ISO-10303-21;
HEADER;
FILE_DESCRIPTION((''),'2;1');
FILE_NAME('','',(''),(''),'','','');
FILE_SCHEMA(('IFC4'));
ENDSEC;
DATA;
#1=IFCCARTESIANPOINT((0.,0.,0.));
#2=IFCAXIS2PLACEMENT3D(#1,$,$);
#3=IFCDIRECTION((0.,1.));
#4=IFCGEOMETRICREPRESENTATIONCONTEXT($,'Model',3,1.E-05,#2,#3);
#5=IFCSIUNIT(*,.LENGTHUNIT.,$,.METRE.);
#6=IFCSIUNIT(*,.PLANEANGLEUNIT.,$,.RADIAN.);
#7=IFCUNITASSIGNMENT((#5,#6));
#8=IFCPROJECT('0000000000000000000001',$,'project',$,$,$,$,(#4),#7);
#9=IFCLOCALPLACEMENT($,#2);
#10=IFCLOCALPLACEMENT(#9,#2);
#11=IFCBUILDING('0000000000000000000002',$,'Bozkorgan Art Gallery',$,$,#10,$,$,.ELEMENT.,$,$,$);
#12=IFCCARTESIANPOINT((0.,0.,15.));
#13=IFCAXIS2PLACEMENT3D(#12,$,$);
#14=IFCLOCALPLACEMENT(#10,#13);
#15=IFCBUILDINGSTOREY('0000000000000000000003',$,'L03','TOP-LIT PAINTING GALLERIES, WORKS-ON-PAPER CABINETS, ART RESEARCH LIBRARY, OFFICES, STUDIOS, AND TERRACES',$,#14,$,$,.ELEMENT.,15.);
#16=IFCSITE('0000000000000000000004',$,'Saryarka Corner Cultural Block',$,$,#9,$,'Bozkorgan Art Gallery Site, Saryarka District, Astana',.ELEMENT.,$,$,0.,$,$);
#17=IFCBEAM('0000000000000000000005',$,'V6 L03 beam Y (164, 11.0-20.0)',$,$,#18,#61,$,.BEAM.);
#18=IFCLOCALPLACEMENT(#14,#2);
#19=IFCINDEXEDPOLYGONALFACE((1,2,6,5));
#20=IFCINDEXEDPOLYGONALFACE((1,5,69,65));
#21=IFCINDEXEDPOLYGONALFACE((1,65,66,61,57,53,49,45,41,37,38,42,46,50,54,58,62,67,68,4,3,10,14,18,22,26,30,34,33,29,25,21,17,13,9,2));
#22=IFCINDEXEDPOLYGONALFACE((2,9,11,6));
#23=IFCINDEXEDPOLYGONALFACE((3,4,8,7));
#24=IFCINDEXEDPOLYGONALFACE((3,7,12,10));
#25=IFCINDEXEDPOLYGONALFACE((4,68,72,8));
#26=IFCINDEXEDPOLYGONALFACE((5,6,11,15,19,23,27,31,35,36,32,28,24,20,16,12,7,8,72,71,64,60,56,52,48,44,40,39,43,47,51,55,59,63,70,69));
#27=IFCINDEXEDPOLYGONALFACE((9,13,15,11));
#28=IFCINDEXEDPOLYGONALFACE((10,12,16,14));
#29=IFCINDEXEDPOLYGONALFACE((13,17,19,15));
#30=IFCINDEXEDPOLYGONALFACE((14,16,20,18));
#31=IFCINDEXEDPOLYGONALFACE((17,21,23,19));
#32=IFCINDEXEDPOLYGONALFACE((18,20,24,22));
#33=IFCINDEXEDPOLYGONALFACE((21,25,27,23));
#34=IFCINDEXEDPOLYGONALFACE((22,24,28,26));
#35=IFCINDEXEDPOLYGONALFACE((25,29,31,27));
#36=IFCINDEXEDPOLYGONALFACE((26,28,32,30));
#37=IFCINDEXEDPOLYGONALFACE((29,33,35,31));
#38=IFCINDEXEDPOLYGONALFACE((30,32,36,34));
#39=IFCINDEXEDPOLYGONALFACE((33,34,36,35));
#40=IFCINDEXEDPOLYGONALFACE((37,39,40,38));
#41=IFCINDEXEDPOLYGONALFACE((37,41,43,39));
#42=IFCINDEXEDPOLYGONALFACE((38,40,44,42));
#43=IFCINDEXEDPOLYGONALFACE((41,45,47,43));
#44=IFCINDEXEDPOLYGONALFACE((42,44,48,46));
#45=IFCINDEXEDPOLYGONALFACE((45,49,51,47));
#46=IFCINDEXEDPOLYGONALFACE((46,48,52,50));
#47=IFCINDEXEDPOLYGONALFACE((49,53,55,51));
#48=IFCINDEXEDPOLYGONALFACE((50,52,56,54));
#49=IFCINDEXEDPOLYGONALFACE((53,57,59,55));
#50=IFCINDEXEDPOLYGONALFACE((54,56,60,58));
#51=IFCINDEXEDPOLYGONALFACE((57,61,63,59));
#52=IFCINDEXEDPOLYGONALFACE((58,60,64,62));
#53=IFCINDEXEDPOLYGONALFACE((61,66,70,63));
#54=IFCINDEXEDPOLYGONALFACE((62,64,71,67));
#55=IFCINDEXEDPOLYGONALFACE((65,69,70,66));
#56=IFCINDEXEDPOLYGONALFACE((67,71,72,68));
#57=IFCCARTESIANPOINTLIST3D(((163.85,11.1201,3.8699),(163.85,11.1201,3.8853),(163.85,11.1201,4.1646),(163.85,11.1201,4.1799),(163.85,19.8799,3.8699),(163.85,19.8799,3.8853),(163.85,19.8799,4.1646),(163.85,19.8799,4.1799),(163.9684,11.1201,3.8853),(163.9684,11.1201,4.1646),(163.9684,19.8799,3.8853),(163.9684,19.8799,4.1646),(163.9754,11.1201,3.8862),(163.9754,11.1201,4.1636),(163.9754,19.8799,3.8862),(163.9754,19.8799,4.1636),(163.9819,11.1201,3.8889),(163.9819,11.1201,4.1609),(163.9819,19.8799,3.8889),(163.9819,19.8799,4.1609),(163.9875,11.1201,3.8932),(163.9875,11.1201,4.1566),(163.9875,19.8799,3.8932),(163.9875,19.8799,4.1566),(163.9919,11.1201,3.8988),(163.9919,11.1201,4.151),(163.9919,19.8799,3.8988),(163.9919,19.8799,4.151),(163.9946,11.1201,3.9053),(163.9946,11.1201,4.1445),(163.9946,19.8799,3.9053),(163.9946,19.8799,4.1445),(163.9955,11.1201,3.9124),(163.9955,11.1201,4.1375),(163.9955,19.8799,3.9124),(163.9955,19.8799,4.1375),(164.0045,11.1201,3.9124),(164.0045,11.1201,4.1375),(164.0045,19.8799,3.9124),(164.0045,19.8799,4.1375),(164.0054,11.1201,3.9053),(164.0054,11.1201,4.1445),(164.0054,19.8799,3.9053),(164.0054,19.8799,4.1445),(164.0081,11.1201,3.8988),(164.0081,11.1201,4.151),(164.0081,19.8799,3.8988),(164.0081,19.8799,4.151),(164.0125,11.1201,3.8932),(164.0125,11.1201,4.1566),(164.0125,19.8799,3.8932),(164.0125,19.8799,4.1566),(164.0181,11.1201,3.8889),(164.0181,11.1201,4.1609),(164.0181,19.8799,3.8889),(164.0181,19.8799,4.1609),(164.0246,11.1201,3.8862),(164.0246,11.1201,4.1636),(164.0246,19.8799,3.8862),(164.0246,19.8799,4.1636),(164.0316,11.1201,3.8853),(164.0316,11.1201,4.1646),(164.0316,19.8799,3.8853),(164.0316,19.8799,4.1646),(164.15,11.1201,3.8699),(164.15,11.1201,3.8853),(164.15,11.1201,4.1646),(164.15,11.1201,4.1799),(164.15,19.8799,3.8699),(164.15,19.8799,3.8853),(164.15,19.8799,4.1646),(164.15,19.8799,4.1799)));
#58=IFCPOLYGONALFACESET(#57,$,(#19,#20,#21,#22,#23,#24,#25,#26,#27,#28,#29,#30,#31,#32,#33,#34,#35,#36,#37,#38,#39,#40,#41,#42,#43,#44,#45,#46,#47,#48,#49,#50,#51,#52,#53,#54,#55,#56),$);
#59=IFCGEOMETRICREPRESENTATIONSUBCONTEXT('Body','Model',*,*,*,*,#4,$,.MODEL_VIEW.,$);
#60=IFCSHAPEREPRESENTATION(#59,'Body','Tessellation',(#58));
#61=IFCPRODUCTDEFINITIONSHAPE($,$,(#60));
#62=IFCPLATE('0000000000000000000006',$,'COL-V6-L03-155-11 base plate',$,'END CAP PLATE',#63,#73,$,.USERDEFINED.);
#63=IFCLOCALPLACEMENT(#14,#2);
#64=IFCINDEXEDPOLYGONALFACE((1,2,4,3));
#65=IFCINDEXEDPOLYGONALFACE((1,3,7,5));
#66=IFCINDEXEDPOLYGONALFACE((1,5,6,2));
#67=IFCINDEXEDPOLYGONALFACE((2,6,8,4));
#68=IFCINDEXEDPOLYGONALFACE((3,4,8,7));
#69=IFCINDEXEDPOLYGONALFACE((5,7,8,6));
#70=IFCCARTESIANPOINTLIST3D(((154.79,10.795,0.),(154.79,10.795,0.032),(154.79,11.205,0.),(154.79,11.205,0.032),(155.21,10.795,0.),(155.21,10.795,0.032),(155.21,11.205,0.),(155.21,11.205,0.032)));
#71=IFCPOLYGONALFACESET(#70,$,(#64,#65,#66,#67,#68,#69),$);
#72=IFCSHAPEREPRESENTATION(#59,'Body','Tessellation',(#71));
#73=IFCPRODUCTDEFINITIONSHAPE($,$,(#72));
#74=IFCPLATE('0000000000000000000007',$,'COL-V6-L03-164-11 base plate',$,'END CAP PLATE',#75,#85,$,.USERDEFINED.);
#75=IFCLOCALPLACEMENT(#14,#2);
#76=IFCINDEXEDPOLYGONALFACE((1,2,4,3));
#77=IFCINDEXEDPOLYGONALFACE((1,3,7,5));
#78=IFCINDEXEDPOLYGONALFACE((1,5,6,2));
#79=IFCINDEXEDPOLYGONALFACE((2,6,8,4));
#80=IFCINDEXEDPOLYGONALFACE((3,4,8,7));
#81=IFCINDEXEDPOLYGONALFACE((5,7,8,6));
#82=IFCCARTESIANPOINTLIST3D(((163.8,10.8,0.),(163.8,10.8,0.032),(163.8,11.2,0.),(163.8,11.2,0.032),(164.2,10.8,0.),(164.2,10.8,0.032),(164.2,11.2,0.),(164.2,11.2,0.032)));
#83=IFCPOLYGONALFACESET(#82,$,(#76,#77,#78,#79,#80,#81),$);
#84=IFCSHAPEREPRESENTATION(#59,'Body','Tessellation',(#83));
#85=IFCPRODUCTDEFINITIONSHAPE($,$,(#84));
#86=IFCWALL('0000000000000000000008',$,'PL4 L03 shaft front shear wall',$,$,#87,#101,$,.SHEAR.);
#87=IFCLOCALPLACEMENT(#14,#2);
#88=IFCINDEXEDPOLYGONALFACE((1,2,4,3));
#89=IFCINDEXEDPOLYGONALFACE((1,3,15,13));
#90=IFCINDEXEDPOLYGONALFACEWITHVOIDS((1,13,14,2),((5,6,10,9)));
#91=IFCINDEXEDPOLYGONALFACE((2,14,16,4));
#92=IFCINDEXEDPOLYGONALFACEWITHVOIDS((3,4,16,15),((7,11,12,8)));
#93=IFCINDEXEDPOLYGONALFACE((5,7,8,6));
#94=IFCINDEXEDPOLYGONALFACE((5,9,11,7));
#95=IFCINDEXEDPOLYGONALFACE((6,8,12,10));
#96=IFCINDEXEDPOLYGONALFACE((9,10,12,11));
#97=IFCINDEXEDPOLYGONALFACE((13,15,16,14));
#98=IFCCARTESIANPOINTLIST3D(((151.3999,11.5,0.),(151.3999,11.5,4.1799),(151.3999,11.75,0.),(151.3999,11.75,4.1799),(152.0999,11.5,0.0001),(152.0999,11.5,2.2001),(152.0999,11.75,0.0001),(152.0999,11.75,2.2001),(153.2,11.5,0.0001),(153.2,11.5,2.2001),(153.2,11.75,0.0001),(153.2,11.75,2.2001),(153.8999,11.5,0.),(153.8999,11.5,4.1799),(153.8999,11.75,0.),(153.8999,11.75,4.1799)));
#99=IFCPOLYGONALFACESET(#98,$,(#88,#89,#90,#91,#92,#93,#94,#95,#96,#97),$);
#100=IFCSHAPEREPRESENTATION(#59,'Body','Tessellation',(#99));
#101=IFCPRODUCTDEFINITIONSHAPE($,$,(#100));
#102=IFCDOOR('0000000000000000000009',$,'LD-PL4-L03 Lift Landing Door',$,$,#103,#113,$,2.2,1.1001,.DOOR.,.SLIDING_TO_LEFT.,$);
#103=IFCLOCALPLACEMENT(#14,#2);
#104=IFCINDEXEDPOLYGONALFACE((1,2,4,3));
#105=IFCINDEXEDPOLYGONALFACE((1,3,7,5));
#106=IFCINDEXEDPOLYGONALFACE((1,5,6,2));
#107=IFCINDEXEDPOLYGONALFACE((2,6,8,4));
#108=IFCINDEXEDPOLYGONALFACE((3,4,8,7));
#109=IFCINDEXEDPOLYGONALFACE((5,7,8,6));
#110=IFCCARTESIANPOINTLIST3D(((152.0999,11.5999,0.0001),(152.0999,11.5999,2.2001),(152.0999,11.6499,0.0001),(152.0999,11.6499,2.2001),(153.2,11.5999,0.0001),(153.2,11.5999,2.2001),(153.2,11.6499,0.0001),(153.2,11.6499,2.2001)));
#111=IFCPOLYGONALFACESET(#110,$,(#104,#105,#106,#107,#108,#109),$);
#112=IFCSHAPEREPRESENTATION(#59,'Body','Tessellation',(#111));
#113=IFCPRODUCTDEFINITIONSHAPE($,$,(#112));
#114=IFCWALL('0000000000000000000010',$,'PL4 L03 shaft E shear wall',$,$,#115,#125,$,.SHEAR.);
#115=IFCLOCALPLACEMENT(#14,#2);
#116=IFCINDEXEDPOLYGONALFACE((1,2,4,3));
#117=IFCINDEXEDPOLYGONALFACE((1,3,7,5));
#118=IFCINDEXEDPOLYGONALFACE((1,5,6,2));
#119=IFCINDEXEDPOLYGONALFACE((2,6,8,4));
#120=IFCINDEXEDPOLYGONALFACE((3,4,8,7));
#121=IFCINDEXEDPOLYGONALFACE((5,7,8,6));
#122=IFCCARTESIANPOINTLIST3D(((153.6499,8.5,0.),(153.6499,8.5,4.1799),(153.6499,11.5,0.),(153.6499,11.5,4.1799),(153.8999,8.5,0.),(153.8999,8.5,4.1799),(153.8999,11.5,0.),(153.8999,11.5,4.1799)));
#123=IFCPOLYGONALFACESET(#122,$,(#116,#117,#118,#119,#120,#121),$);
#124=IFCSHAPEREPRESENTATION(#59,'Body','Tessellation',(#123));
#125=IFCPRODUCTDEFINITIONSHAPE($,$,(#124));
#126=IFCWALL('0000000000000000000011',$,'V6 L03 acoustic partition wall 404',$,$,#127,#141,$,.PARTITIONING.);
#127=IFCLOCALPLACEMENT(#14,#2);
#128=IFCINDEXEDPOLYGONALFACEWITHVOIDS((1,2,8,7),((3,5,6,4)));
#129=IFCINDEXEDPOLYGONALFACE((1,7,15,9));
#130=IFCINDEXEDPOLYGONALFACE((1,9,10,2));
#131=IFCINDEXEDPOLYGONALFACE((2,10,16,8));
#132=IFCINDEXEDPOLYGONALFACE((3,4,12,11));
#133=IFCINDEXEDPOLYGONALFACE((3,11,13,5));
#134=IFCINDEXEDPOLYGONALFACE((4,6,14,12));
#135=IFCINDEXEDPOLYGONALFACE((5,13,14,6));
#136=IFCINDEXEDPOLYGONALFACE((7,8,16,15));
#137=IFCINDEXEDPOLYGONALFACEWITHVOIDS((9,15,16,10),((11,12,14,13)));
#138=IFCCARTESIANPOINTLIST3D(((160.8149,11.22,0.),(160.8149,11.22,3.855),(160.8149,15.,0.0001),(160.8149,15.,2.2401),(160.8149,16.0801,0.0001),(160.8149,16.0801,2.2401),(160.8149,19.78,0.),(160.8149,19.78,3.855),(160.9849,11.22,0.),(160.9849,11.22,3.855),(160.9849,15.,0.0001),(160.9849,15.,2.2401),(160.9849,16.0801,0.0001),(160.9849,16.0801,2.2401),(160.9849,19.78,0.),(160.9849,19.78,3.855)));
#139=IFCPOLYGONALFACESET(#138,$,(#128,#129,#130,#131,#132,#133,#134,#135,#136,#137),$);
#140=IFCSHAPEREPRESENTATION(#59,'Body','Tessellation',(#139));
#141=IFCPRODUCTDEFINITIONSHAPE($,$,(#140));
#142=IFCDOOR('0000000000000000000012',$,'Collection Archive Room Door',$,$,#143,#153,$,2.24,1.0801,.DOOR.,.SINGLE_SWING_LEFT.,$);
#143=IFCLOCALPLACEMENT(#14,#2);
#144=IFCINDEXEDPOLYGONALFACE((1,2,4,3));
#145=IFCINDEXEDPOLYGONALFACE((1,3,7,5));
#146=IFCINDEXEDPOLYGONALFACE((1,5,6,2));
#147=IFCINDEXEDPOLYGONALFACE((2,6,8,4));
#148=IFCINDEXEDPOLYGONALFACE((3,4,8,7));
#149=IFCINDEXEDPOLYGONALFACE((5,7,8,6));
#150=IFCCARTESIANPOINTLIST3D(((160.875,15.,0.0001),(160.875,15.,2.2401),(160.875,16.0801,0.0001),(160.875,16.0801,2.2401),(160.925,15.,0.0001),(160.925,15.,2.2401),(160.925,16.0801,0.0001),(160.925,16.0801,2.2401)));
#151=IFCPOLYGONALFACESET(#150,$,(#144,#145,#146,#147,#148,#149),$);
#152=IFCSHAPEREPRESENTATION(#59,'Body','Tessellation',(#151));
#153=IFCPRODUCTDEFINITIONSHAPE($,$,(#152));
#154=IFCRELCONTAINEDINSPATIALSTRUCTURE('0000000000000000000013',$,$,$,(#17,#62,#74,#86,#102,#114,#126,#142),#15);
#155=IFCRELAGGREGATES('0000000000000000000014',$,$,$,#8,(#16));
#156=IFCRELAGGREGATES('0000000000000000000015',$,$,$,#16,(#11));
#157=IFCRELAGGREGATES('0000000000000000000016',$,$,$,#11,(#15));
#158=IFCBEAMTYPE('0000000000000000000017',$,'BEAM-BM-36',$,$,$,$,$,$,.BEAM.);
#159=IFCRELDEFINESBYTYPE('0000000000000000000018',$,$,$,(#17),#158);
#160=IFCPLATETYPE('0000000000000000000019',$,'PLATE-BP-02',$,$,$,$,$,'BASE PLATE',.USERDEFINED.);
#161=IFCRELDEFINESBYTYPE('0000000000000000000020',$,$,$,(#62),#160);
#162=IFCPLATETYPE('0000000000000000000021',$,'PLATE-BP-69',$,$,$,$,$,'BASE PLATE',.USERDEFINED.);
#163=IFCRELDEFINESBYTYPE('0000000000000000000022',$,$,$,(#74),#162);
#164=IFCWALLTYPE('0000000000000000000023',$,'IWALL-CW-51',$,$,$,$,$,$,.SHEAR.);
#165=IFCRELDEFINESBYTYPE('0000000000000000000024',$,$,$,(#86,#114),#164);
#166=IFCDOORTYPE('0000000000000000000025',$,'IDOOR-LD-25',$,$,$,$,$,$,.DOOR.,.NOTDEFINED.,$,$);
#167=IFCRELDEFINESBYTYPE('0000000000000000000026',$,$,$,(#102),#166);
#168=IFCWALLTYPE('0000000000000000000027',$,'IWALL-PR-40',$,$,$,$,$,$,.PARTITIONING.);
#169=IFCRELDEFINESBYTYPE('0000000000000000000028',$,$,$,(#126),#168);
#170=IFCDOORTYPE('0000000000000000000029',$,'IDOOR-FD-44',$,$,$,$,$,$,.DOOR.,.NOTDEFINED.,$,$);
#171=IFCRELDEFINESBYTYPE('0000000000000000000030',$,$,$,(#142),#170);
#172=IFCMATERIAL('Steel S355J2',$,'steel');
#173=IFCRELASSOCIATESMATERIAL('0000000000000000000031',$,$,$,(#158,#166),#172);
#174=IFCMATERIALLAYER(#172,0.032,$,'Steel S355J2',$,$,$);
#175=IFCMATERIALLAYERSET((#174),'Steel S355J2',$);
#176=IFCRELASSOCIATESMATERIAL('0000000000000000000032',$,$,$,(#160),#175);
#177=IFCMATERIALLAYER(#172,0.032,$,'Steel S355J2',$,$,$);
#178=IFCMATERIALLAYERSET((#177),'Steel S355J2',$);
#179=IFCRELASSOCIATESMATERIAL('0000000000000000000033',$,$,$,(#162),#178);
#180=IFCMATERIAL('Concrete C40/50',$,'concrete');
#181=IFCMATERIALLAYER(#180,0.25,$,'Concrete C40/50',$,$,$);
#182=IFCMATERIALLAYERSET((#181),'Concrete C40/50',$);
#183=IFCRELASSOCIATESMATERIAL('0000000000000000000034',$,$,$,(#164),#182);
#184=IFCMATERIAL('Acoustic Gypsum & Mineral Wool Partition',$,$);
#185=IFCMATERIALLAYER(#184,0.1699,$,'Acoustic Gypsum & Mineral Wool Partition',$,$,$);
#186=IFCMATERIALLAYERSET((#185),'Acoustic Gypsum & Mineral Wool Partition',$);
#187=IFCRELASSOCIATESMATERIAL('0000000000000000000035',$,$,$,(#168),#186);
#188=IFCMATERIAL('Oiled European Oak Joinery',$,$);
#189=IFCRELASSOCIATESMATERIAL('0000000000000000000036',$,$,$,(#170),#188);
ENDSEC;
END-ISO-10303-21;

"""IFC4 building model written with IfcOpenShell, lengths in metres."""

from ifc_helpers import new_model, si_unit, direction, frame, frame_2d, origin, origin_2d, place, context, subcontext, project, spatial, rectangle, i_section, extrude, material, layer, layer_set, material_profile, profile_set, type_object, element, fill, save


model = new_model("IFC4")

# Units and contexts
model_context = context("Model", 3, precision=1e-05, world=origin(), true_north=direction((0.0, 1.0)))
body_context = subcontext(model_context, "Body", "Model", "MODEL_VIEW")
ifc_project = project(units=[si_unit("LENGTHUNIT", "METRE"), si_unit("PLANEANGLEUNIT", "RADIAN")], contexts=[model_context])

# Site, building, storey
site_placement = place(None, origin())
site = spatial("IfcSite", under=ifc_project, at=site_placement, Name="Saryarka Corner Cultural Block", LongName="Bozkorgan Art Gallery Site, Saryarka District, Astana", CompositionType="ELEMENT", RefElevation=0.0)
building_placement = place(site_placement, origin())
building = spatial("IfcBuilding", under=site, at=building_placement, Name="Bozkorgan Art Gallery", CompositionType="ELEMENT")
storey_placement = place(building_placement, frame((0.0, 0.0, 15.0)))
storey = spatial("IfcBuildingStorey", under=building, at=storey_placement, Name="L03", Description="TOP-LIT PAINTING GALLERIES, WORKS-ON-PAPER CABINETS, ART RESEARCH LIBRARY, OFFICES, STUDIOS, AND TERRACES", CompositionType="ELEMENT", Elevation=15.0)

# Shared definitions
ifc_material_1 = material(Name="Steel S355J2", Category="steel")

# Beam
ifc_material_profile_1 = material_profile(ifc_material_1, i_section(OverallWidth=0.3, OverallDepth=0.3101, WebThickness=0.009, FlangeThickness=0.0154, FilletRadius=0.0271, at=origin_2d()), Name="HEA 320")
ifc_profile_set_1 = profile_set([ifc_material_profile_1], Name="Steel S355J2")
beam_type = type_object("IfcBeamType", Name="BEAM-BM-36", PredefinedType="BEAM", material=ifc_profile_set_1)
beam_placement = place(storey_placement, frame((164.0, 11.1201, 4.0249), z_axis=(0.0, 1.0, 0.0), x_axis=(-1.0, 0.0, 0.0)))
element("IfcBeam", 1, at=beam_placement, inside=storey, type_object=beam_type, Name="V6 L03 beam Y (164, 11.0-20.0)", PredefinedType="BEAM", context=body_context, shape_type="SweptSolid", body=[
    extrude(i_section(OverallWidth=0.3, OverallDepth=0.3101, WebThickness=0.009, FlangeThickness=0.0154, FilletRadius=0.0271, at=origin_2d()), origin(), (0.0, 0.0, 1.0), 8.7598),
])

# Plates
ifc_layer_1 = layer(ifc_material_1, 0.032, Name="Steel S355J2")
ifc_layer_set_1 = layer_set([ifc_layer_1], Name="Steel S355J2")
plate_type_1 = type_object("IfcPlateType", Name="PLATE-BP-02", ElementType="BASE PLATE", PredefinedType="USERDEFINED", material=ifc_layer_set_1)
plate_1_placement = place(storey_placement, frame((155.0, 11.0, 0.0), z_axis=(0.0, 0.0, 1.0), x_axis=(1.0, 0.0, 0.0)))
element("IfcPlate", 2, at=plate_1_placement, inside=storey, type_object=plate_type_1, Name="COL-V6-L03-155-11 base plate", ObjectType="END CAP PLATE", PredefinedType="USERDEFINED", context=body_context, shape_type="SweptSolid", body=[
    extrude(rectangle(XDim=0.4199, YDim=0.4099, at=origin_2d()), origin(), (0.0, 0.0, 1.0), 0.032),
])
ifc_layer_2 = layer(ifc_material_1, 0.032, Name="Steel S355J2")
ifc_layer_set_2 = layer_set([ifc_layer_2], Name="Steel S355J2")
plate_type_2 = type_object("IfcPlateType", Name="PLATE-BP-69", ElementType="BASE PLATE", PredefinedType="USERDEFINED", material=ifc_layer_set_2)
plate_2_placement = place(storey_placement, frame((164.0, 11.0, 0.0), z_axis=(0.0, 0.0, 1.0), x_axis=(1.0, 0.0, 0.0)))
element("IfcPlate", 3, at=plate_2_placement, inside=storey, type_object=plate_type_2, Name="COL-V6-L03-164-11 base plate", ObjectType="END CAP PLATE", PredefinedType="USERDEFINED", context=body_context, shape_type="SweptSolid", body=[
    extrude(rectangle(XDim=0.3999, YDim=0.3999, at=origin_2d()), origin(), (0.0, 0.0, 1.0), 0.032),
])

# Wall, opening, door
ifc_material_2 = material(Name="Concrete C40/50", Category="concrete")
ifc_layer_3 = layer(ifc_material_2, 0.25, Name="Concrete C40/50")
ifc_layer_set_3 = layer_set([ifc_layer_3], Name="Concrete C40/50")
wall_type_1 = type_object("IfcWallType", Name="IWALL-CW-51", PredefinedType="SHEAR", material=ifc_layer_set_3)
wall_1_placement = place(storey_placement, frame((151.3999, 11.625, 0.0), z_axis=(0.0, 0.0, 1.0), x_axis=(1.0, 0.0, 0.0)))
wall_1 = element("IfcWall", 4, at=wall_1_placement, inside=storey, type_object=wall_type_1, Name="PL4 L03 shaft front shear wall", PredefinedType="SHEAR", context=body_context, shape_type="SweptSolid", body=[
    extrude(rectangle(XDim=2.5, YDim=0.25, at=frame_2d((1.25, 0.0))), origin(), (0.0, 0.0, 1.0), 4.1799),
])
opening_1_placement = place(wall_1_placement, frame((0.7, 0.0, 0.0)))
opening_1 = element("IfcOpeningElement", 5, at=opening_1_placement, cuts=wall_1, PredefinedType="OPENING", context=body_context, shape_type="SweptSolid", body=[
    extrude(rectangle(XDim=1.1001, YDim=2.2, at=frame_2d((0.55, 1.1001))), frame((0.0, 0.135, 0.0), z_axis=(0.0, -1.0, 0.0), x_axis=(1.0, 0.0, 0.0)), (0.0, 0.0, 1.0), 0.27),
])
door_type_1 = type_object("IfcDoorType", Name="IDOOR-LD-25", OperationType="NOTDEFINED", PredefinedType="DOOR", material=ifc_material_1)
door_1_placement = place(opening_1_placement, origin())
door_1 = element("IfcDoor", 6, at=door_1_placement, inside=storey, type_object=door_type_1, Name="LD-PL4-L03 Lift Landing Door", OperationType="SLIDING_TO_LEFT", OverallHeight=2.2, OverallWidth=1.1001, PredefinedType="DOOR", context=body_context, shape_type="SweptSolid", body=[
    extrude(rectangle(XDim=1.1001, YDim=2.2, at=frame_2d((0.55, 1.1001))), frame((0.0, 0.0249, 0.0), z_axis=(0.0, -1.0, 0.0), x_axis=(1.0, 0.0, 0.0)), (0.0, 0.0, 1.0), 0.05),
])
fill(opening_1, door_1)

# Wall
wall_2_placement = place(storey_placement, frame((153.7749, 8.5, 0.0), z_axis=(0.0, 0.0, 1.0), x_axis=(0.0, 1.0, 0.0)))
element("IfcWall", 7, at=wall_2_placement, inside=storey, type_object=wall_type_1, Name="PL4 L03 shaft E shear wall", PredefinedType="SHEAR", context=body_context, shape_type="SweptSolid", body=[
    extrude(rectangle(XDim=3.0, YDim=0.25, at=frame_2d((1.5, 0.0))), origin(), (0.0, 0.0, 1.0), 4.1799),
])

# Wall, opening, door
ifc_material_3 = material(Name="Acoustic Gypsum & Mineral Wool Partition")
ifc_layer_4 = layer(ifc_material_3, 0.1699, Name="Acoustic Gypsum & Mineral Wool Partition")
ifc_layer_set_4 = layer_set([ifc_layer_4], Name="Acoustic Gypsum & Mineral Wool Partition")
wall_type_2 = type_object("IfcWallType", Name="IWALL-PR-40", PredefinedType="PARTITIONING", material=ifc_layer_set_4)
wall_3_placement = place(storey_placement, frame((160.8999, 11.22, 0.0), z_axis=(0.0, 0.0, 1.0), x_axis=(0.0, 1.0, 0.0)))
wall_3 = element("IfcWall", 8, at=wall_3_placement, inside=storey, type_object=wall_type_2, Name="V6 L03 acoustic partition wall 404", PredefinedType="PARTITIONING", context=body_context, shape_type="SweptSolid", body=[
    extrude(rectangle(XDim=8.5601, YDim=0.1699, at=frame_2d((4.28, 0.0))), origin(), (0.0, 0.0, 1.0), 3.855),
])
opening_2_placement = place(wall_3_placement, frame((3.78, 0.0, 0.0)))
opening_2 = element("IfcOpeningElement", 9, at=opening_2_placement, cuts=wall_3, PredefinedType="OPENING", context=body_context, shape_type="SweptSolid", body=[
    extrude(rectangle(XDim=1.0801, YDim=2.24, at=frame_2d((0.54, 1.1201))), frame((0.0, 0.095, 0.0), z_axis=(0.0, -1.0, 0.0), x_axis=(1.0, 0.0, 0.0)), (0.0, 0.0, 1.0), 0.1899),
])
ifc_material_4 = material(Name="Oiled European Oak Joinery")
door_type_2 = type_object("IfcDoorType", Name="IDOOR-FD-44", OperationType="NOTDEFINED", PredefinedType="DOOR", material=ifc_material_4)
door_2_placement = place(opening_2_placement, origin())
door_2 = element("IfcDoor", 10, at=door_2_placement, inside=storey, type_object=door_type_2, Name="Collection Archive Room Door", OperationType="SINGLE_SWING_LEFT", OverallHeight=2.24, OverallWidth=1.0801, PredefinedType="DOOR", context=body_context, shape_type="SweptSolid", body=[
    extrude(rectangle(XDim=1.0801, YDim=2.24, at=frame_2d((0.54, 1.1201))), frame((0.0, 0.0249, 0.0), z_axis=(0.0, -1.0, 0.0), x_axis=(1.0, 0.0, 0.0)), (0.0, 0.0, 1.0), 0.05),
])
fill(opening_2, door_2)

save(model, "model.ifc")
